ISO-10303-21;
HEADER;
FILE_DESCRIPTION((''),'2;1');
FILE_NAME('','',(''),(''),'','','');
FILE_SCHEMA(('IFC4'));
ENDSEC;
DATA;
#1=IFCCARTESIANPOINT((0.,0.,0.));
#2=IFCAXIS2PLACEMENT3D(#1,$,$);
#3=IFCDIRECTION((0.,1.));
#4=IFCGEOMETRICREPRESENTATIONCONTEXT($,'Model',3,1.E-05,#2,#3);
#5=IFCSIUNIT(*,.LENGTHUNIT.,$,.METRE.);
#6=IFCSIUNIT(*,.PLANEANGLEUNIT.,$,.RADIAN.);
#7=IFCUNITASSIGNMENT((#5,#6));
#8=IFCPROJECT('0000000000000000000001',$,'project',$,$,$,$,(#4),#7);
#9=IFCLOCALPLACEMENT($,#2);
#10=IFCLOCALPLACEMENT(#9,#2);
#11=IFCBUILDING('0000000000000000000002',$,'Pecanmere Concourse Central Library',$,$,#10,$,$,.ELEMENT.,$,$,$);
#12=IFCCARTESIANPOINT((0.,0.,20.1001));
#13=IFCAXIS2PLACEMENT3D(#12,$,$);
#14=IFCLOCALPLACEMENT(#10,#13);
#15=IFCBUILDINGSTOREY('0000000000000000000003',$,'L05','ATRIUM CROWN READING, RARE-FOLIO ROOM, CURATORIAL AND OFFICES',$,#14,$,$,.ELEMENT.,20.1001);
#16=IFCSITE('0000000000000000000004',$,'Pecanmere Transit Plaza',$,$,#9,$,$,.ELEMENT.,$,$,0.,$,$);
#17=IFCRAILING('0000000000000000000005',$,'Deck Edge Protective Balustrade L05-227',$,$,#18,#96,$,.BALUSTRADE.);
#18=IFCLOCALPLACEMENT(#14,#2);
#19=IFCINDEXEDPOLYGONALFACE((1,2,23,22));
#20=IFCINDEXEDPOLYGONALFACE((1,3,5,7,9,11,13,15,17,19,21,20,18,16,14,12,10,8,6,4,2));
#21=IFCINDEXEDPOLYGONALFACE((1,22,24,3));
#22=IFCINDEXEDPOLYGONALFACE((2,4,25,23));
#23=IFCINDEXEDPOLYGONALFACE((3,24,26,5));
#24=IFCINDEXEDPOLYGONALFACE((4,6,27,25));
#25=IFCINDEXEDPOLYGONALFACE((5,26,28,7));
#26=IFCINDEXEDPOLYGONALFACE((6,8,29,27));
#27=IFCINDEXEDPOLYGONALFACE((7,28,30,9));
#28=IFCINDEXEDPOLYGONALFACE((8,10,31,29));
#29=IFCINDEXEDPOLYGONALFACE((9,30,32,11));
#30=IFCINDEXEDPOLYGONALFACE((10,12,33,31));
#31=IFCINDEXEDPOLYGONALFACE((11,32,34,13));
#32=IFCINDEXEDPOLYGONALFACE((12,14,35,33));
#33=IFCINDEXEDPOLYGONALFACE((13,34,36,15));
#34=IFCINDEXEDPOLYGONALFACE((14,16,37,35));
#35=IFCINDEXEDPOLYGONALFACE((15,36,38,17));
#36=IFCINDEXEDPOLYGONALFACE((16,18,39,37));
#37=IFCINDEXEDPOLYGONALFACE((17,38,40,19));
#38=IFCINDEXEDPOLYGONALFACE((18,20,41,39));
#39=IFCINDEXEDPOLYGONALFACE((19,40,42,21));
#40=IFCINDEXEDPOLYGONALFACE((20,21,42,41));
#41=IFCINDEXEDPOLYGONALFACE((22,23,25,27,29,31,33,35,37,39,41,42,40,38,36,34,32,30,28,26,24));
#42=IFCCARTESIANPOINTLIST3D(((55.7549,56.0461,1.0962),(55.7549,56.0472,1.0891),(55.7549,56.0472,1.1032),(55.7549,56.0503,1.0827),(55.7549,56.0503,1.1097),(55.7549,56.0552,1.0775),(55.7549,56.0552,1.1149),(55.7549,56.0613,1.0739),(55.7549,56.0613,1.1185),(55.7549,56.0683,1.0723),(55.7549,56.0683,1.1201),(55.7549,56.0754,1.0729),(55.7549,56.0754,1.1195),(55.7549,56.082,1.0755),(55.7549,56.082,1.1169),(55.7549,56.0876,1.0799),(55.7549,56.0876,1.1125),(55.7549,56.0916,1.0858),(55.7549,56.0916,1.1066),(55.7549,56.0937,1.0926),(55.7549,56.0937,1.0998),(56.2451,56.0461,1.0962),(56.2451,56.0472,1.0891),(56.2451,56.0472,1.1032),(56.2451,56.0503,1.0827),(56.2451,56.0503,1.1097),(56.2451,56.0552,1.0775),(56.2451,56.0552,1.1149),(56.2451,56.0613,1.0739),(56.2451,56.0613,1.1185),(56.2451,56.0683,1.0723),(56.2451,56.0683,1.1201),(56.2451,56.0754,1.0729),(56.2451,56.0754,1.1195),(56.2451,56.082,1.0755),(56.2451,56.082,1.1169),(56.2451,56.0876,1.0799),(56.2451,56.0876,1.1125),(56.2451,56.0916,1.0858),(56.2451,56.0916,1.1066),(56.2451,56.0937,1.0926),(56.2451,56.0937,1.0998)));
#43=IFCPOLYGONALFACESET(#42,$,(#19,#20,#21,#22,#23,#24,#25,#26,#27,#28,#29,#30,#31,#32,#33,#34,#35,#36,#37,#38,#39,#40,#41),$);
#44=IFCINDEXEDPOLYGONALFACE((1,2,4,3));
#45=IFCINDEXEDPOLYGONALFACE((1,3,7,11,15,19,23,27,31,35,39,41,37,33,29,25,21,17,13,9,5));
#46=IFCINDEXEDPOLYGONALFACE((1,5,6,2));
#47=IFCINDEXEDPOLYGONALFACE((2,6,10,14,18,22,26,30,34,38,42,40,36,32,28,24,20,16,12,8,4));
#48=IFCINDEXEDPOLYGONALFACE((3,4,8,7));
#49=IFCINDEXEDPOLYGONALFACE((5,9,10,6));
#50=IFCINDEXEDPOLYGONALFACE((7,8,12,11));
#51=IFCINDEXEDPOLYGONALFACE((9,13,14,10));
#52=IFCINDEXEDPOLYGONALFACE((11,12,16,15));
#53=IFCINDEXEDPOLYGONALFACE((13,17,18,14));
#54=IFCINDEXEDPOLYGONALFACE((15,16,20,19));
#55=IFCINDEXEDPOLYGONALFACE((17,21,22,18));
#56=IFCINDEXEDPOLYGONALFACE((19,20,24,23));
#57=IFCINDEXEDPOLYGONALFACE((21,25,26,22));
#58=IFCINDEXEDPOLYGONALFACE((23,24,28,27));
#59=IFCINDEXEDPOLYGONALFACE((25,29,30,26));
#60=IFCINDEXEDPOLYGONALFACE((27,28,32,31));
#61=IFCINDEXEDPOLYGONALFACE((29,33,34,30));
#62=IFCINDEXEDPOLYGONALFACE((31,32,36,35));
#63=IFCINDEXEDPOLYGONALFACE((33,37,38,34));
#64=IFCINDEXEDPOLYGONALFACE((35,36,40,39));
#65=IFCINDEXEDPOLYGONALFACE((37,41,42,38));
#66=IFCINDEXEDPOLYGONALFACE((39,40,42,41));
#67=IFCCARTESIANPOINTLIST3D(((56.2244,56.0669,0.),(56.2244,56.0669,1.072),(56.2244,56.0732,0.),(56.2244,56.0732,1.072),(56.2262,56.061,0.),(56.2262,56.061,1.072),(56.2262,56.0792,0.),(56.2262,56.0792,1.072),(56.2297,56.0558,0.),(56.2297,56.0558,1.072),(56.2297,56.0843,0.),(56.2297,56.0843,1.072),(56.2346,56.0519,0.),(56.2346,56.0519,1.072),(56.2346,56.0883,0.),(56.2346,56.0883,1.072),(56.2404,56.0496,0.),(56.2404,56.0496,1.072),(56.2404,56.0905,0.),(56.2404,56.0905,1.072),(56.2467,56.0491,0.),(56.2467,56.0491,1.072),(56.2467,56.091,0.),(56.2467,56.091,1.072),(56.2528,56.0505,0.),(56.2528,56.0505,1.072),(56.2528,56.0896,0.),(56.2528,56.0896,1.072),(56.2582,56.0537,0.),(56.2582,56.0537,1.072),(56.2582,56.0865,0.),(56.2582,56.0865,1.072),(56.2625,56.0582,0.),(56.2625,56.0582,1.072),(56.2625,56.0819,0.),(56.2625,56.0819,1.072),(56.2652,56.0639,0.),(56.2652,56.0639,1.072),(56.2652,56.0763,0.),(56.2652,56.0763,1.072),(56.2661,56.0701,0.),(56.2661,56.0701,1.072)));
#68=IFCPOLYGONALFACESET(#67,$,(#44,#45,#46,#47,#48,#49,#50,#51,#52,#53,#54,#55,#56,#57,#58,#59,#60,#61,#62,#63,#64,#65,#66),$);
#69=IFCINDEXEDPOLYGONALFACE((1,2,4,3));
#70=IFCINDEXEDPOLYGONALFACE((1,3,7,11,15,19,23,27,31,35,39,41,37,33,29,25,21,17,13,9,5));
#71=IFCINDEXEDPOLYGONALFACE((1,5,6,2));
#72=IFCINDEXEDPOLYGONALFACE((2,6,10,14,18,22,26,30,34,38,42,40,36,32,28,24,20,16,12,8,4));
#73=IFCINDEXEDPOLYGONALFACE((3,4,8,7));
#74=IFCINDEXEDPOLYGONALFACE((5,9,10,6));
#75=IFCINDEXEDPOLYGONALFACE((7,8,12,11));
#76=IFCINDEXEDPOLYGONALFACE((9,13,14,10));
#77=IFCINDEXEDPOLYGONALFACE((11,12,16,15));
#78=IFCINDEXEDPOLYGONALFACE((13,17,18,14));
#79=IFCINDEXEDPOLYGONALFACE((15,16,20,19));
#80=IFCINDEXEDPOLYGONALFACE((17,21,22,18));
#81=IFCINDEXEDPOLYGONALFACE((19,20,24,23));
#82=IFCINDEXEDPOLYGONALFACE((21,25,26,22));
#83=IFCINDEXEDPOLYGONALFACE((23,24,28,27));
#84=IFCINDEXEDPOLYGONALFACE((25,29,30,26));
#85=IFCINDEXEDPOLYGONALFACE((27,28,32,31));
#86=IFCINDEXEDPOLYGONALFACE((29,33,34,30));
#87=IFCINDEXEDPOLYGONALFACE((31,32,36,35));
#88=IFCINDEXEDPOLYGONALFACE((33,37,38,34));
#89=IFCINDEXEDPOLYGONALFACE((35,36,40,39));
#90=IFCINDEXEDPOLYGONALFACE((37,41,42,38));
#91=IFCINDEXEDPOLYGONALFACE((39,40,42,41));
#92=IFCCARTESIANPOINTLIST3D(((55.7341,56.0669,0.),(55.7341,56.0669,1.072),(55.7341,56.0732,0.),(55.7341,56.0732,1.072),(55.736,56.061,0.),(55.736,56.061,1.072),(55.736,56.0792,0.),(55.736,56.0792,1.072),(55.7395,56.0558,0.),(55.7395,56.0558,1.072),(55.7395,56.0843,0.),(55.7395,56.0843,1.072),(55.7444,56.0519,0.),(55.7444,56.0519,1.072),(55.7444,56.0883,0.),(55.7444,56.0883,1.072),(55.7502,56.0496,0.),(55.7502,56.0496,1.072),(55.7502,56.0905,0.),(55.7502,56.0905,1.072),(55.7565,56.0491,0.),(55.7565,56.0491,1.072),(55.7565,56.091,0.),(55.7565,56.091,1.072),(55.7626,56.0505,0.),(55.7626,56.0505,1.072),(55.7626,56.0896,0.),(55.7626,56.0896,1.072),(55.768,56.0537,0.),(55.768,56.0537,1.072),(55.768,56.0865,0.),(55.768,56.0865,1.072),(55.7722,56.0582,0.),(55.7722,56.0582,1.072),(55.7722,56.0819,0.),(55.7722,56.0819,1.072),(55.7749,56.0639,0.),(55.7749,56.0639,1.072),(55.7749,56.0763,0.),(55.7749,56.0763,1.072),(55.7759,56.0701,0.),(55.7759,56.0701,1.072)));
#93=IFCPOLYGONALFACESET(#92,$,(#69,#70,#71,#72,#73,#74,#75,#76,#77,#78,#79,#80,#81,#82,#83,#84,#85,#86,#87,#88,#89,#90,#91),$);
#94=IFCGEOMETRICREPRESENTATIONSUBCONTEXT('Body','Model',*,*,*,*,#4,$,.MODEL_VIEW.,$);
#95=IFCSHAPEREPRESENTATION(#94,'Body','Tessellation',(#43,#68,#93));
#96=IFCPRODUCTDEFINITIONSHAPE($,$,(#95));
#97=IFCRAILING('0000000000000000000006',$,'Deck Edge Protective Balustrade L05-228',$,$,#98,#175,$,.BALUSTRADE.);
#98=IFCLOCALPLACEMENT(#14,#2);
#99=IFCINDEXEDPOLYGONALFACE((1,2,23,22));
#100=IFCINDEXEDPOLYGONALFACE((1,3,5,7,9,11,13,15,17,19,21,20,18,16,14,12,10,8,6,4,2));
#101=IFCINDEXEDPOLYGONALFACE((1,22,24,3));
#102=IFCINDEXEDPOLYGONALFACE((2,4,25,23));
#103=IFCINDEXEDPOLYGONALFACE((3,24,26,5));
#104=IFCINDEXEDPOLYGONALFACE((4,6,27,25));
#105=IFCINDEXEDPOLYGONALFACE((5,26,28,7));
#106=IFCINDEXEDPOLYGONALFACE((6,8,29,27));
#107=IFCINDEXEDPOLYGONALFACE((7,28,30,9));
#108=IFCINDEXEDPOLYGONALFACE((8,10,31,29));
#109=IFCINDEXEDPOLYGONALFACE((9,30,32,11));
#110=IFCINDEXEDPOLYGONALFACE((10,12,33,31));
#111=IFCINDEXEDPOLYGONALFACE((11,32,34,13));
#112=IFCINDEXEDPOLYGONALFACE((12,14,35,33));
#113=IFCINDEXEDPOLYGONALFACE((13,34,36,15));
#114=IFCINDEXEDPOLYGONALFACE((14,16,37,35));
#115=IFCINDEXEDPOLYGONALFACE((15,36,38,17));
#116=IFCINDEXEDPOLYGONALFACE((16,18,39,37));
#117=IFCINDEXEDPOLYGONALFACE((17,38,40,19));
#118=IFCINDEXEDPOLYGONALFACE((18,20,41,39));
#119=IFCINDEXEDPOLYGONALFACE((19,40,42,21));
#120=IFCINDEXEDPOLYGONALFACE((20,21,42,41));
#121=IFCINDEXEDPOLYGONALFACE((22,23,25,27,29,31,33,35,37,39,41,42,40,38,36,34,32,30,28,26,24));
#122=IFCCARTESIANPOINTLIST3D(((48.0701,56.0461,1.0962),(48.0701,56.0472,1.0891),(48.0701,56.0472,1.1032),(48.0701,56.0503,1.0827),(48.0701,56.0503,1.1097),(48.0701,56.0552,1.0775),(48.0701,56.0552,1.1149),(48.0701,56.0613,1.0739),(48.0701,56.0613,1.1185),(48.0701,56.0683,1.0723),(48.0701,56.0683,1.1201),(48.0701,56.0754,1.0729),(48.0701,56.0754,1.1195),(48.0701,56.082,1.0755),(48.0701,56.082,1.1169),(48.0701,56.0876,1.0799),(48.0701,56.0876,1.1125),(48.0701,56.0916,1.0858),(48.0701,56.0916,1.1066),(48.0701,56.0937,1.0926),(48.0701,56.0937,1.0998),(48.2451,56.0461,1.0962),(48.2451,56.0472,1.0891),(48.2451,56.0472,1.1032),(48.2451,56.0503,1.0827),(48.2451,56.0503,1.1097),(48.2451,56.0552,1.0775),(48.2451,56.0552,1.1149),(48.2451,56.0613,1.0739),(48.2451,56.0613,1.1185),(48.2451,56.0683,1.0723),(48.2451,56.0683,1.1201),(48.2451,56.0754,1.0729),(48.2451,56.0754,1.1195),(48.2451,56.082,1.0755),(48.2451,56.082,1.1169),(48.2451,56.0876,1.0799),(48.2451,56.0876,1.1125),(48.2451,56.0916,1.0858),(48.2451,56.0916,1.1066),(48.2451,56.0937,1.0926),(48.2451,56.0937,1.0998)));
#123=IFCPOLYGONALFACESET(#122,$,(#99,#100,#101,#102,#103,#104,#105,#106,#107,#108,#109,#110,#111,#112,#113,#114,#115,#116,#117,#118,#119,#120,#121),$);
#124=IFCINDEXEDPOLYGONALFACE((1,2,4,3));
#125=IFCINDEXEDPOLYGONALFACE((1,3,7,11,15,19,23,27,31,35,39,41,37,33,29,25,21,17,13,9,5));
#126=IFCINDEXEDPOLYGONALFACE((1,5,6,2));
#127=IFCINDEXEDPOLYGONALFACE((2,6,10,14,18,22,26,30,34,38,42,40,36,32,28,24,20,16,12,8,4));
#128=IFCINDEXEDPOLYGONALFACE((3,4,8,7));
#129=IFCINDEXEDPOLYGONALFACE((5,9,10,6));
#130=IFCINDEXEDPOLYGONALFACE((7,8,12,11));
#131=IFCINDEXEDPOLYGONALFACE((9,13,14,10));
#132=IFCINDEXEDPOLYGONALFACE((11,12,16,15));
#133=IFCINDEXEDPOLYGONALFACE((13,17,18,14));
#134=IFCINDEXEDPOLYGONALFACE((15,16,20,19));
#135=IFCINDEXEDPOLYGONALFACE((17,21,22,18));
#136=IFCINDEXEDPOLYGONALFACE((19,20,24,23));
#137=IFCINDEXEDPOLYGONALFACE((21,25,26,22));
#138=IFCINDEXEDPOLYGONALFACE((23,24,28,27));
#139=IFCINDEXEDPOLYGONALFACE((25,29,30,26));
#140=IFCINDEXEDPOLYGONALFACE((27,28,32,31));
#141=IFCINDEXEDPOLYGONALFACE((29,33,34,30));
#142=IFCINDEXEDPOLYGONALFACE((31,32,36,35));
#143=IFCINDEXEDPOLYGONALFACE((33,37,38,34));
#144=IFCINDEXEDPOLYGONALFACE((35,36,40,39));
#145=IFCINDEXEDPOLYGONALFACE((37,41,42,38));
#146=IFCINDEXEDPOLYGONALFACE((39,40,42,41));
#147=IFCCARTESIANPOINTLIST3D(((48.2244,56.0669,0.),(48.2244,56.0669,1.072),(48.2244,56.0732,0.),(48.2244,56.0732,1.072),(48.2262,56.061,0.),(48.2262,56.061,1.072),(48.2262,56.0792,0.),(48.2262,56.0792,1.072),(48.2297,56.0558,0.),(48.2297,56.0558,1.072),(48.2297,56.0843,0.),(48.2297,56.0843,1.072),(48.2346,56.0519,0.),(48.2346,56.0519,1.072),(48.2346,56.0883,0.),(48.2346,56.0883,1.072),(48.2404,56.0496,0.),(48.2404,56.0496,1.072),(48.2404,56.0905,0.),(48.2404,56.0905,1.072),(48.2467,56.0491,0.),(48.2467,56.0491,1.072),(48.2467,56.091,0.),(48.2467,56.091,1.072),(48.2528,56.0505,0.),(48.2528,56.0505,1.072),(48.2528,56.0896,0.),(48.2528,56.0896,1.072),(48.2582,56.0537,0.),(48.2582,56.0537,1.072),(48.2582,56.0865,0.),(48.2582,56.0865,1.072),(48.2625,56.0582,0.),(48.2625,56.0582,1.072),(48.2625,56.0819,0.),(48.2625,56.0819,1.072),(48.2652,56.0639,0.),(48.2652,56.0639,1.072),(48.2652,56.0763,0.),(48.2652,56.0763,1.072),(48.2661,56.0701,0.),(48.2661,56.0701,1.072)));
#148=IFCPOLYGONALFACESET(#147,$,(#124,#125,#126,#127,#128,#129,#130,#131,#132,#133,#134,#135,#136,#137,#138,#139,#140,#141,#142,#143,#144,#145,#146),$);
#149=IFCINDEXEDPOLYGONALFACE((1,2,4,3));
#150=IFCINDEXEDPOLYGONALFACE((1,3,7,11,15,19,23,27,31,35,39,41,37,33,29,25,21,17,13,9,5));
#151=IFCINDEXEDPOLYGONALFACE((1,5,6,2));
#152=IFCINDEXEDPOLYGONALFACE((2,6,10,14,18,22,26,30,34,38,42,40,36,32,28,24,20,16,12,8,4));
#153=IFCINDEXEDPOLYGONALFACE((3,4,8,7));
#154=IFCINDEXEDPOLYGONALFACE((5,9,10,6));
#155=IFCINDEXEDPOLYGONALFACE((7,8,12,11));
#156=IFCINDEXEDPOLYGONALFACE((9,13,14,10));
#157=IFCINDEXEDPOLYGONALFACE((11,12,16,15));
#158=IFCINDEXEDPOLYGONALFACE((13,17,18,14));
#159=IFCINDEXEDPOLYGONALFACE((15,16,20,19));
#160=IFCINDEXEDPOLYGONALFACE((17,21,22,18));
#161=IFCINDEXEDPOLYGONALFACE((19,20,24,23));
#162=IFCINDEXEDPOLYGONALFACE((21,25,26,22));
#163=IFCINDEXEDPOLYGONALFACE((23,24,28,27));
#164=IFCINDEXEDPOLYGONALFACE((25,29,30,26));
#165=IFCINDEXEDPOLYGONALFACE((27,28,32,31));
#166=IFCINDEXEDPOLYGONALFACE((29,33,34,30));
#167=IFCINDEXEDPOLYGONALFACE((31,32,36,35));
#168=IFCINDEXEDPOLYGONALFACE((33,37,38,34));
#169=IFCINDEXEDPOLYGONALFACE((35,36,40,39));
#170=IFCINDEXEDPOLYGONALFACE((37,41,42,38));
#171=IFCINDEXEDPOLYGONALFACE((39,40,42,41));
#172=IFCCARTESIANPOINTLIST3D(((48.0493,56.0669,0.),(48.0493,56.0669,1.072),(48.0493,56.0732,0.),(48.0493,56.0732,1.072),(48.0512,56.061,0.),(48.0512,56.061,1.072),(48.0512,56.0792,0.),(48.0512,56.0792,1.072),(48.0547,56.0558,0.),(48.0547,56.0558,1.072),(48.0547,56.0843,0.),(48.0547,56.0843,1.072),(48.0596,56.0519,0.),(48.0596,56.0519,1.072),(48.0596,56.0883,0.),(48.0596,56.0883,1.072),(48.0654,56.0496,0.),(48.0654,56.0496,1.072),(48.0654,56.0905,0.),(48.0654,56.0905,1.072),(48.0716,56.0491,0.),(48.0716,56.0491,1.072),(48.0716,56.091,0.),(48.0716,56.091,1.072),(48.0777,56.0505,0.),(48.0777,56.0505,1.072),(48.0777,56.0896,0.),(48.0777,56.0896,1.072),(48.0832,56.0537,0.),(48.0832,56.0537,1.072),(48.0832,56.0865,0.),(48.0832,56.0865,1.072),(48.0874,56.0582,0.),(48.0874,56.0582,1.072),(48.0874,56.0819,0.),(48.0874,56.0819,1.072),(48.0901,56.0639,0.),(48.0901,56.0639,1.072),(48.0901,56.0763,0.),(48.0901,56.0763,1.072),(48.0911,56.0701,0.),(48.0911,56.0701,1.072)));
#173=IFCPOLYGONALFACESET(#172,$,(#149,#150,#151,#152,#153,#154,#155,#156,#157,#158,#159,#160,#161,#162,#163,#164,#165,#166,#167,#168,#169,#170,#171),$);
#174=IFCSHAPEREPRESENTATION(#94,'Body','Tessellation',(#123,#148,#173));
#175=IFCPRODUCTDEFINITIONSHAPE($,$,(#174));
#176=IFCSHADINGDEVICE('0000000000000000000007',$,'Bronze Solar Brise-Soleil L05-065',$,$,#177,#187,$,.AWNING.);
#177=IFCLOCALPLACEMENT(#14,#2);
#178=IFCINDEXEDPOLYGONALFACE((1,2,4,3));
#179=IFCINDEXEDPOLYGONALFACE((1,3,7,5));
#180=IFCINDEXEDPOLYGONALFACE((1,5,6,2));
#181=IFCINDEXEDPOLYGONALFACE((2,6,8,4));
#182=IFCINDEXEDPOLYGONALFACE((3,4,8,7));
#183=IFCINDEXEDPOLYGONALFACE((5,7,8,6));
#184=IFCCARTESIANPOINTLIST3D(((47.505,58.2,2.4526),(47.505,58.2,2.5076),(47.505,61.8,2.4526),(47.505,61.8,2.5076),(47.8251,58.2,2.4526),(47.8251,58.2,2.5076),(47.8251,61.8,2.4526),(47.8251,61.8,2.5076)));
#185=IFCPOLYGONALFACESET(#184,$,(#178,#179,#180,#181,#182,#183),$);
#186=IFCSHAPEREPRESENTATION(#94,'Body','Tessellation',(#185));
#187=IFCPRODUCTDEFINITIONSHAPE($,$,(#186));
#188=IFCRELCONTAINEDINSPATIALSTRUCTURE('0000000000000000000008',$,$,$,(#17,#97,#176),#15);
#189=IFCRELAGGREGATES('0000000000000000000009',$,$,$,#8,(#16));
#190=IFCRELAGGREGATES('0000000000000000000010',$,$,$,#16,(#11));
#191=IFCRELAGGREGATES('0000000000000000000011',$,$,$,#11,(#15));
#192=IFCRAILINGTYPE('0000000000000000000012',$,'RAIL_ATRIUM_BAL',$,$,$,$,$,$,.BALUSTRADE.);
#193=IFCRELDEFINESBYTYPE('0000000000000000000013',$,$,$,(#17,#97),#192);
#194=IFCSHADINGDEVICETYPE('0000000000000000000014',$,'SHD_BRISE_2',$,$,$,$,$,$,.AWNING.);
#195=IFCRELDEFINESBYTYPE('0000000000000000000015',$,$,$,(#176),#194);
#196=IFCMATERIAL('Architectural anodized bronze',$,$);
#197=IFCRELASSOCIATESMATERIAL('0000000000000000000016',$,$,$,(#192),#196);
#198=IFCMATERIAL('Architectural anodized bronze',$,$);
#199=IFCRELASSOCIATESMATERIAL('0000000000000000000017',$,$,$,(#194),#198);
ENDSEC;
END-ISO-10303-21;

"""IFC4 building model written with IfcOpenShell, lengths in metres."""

from ifc_helpers import new_model, si_unit, direction, frame, origin, origin_2d, place, context, subcontext, project, spatial, rectangle, circle, extrude, material, type_object, element, save


model = new_model("IFC4")

# Units and contexts
model_context = context("Model", 3, precision=1e-05, world=origin(), true_north=direction((0.0, 1.0)))
body_context = subcontext(model_context, "Body", "Model", "MODEL_VIEW")
ifc_project = project(units=[si_unit("LENGTHUNIT", "METRE"), si_unit("PLANEANGLEUNIT", "RADIAN")], contexts=[model_context])

# Site, building, storey
site_placement = place(None, origin())
site = spatial("IfcSite", under=ifc_project, at=site_placement, Name="Pecanmere Transit Plaza", CompositionType="ELEMENT", RefElevation=0.0)
building_placement = place(site_placement, origin())
building = spatial("IfcBuilding", under=site, at=building_placement, Name="Pecanmere Concourse Central Library", CompositionType="ELEMENT")
storey_placement = place(building_placement, frame((0.0, 0.0, 20.1001)))
storey = spatial("IfcBuildingStorey", under=building, at=storey_placement, Name="L05", Description="ATRIUM CROWN READING, RARE-FOLIO ROOM, CURATORIAL AND OFFICES", CompositionType="ELEMENT", Elevation=20.1001)

# Railings
ifc_material_1 = material(Name="Architectural anodized bronze")
railing_type = type_object("IfcRailingType", Name="RAIL_ATRIUM_BAL", PredefinedType="BALUSTRADE", material=ifc_material_1)
railing_1_placement = place(storey_placement, frame((56.2451, 56.0701, 0.0)))
element("IfcRailing", 1, at=railing_1_placement, inside=storey, type_object=railing_type, Name="Deck Edge Protective Balustrade L05-227", PredefinedType="BALUSTRADE", context=body_context, shape_type="SweptSolid", body=[
    extrude(circle(Radius=0.0239, at=origin_2d()), frame((0.0, 0.0, 1.0962), z_axis=(-1.0, 0.0, 0.0), x_axis=(0.0, -1.0, 0.0)), (0.0, 0.0, 1.0), 0.4902),
    extrude(circle(Radius=0.021, at=origin_2d()), origin(), (0.0, 0.0, 1.0), 1.072),
    extrude(circle(Radius=0.021, at=origin_2d()), frame((-0.4902, 0.0, 0.0)), (0.0, 0.0, 1.0), 1.072),
])
railing_2_placement = place(storey_placement, frame((48.2451, 56.0701, 0.0)))
element("IfcRailing", 2, at=railing_2_placement, inside=storey, type_object=railing_type, Name="Deck Edge Protective Balustrade L05-228", PredefinedType="BALUSTRADE", context=body_context, shape_type="SweptSolid", body=[
    extrude(circle(Radius=0.0239, at=origin_2d()), frame((0.0, 0.0, 1.0962), z_axis=(-1.0, 0.0, 0.0), x_axis=(0.0, -1.0, 0.0)), (0.0, 0.0, 1.0), 0.175),
    extrude(circle(Radius=0.021, at=origin_2d()), origin(), (0.0, 0.0, 1.0), 1.072),
    extrude(circle(Radius=0.021, at=origin_2d()), frame((-0.175, 0.0, 0.0)), (0.0, 0.0, 1.0), 1.072),
])

# Shading device
ifc_material_2 = material(Name="Architectural anodized bronze")
shading_device_type = type_object("IfcShadingDeviceType", Name="SHD_BRISE_2", PredefinedType="AWNING", material=ifc_material_2)
shading_device_placement = place(storey_placement, frame((47.665, 60.0, 2.4526), z_axis=(0.0, 0.0, 1.0), x_axis=(0.0, -1.0, 0.0)))
element("IfcShadingDevice", 3, at=shading_device_placement, inside=storey, type_object=shading_device_type, Name="Bronze Solar Brise-Soleil L05-065", PredefinedType="AWNING", context=body_context, shape_type="SweptSolid", body=[
    extrude(rectangle(XDim=3.6001, YDim=0.3201, at=origin_2d()), origin(), (0.0, 0.0, 1.0), 0.0549),
])

save(model, "model.ifc")
